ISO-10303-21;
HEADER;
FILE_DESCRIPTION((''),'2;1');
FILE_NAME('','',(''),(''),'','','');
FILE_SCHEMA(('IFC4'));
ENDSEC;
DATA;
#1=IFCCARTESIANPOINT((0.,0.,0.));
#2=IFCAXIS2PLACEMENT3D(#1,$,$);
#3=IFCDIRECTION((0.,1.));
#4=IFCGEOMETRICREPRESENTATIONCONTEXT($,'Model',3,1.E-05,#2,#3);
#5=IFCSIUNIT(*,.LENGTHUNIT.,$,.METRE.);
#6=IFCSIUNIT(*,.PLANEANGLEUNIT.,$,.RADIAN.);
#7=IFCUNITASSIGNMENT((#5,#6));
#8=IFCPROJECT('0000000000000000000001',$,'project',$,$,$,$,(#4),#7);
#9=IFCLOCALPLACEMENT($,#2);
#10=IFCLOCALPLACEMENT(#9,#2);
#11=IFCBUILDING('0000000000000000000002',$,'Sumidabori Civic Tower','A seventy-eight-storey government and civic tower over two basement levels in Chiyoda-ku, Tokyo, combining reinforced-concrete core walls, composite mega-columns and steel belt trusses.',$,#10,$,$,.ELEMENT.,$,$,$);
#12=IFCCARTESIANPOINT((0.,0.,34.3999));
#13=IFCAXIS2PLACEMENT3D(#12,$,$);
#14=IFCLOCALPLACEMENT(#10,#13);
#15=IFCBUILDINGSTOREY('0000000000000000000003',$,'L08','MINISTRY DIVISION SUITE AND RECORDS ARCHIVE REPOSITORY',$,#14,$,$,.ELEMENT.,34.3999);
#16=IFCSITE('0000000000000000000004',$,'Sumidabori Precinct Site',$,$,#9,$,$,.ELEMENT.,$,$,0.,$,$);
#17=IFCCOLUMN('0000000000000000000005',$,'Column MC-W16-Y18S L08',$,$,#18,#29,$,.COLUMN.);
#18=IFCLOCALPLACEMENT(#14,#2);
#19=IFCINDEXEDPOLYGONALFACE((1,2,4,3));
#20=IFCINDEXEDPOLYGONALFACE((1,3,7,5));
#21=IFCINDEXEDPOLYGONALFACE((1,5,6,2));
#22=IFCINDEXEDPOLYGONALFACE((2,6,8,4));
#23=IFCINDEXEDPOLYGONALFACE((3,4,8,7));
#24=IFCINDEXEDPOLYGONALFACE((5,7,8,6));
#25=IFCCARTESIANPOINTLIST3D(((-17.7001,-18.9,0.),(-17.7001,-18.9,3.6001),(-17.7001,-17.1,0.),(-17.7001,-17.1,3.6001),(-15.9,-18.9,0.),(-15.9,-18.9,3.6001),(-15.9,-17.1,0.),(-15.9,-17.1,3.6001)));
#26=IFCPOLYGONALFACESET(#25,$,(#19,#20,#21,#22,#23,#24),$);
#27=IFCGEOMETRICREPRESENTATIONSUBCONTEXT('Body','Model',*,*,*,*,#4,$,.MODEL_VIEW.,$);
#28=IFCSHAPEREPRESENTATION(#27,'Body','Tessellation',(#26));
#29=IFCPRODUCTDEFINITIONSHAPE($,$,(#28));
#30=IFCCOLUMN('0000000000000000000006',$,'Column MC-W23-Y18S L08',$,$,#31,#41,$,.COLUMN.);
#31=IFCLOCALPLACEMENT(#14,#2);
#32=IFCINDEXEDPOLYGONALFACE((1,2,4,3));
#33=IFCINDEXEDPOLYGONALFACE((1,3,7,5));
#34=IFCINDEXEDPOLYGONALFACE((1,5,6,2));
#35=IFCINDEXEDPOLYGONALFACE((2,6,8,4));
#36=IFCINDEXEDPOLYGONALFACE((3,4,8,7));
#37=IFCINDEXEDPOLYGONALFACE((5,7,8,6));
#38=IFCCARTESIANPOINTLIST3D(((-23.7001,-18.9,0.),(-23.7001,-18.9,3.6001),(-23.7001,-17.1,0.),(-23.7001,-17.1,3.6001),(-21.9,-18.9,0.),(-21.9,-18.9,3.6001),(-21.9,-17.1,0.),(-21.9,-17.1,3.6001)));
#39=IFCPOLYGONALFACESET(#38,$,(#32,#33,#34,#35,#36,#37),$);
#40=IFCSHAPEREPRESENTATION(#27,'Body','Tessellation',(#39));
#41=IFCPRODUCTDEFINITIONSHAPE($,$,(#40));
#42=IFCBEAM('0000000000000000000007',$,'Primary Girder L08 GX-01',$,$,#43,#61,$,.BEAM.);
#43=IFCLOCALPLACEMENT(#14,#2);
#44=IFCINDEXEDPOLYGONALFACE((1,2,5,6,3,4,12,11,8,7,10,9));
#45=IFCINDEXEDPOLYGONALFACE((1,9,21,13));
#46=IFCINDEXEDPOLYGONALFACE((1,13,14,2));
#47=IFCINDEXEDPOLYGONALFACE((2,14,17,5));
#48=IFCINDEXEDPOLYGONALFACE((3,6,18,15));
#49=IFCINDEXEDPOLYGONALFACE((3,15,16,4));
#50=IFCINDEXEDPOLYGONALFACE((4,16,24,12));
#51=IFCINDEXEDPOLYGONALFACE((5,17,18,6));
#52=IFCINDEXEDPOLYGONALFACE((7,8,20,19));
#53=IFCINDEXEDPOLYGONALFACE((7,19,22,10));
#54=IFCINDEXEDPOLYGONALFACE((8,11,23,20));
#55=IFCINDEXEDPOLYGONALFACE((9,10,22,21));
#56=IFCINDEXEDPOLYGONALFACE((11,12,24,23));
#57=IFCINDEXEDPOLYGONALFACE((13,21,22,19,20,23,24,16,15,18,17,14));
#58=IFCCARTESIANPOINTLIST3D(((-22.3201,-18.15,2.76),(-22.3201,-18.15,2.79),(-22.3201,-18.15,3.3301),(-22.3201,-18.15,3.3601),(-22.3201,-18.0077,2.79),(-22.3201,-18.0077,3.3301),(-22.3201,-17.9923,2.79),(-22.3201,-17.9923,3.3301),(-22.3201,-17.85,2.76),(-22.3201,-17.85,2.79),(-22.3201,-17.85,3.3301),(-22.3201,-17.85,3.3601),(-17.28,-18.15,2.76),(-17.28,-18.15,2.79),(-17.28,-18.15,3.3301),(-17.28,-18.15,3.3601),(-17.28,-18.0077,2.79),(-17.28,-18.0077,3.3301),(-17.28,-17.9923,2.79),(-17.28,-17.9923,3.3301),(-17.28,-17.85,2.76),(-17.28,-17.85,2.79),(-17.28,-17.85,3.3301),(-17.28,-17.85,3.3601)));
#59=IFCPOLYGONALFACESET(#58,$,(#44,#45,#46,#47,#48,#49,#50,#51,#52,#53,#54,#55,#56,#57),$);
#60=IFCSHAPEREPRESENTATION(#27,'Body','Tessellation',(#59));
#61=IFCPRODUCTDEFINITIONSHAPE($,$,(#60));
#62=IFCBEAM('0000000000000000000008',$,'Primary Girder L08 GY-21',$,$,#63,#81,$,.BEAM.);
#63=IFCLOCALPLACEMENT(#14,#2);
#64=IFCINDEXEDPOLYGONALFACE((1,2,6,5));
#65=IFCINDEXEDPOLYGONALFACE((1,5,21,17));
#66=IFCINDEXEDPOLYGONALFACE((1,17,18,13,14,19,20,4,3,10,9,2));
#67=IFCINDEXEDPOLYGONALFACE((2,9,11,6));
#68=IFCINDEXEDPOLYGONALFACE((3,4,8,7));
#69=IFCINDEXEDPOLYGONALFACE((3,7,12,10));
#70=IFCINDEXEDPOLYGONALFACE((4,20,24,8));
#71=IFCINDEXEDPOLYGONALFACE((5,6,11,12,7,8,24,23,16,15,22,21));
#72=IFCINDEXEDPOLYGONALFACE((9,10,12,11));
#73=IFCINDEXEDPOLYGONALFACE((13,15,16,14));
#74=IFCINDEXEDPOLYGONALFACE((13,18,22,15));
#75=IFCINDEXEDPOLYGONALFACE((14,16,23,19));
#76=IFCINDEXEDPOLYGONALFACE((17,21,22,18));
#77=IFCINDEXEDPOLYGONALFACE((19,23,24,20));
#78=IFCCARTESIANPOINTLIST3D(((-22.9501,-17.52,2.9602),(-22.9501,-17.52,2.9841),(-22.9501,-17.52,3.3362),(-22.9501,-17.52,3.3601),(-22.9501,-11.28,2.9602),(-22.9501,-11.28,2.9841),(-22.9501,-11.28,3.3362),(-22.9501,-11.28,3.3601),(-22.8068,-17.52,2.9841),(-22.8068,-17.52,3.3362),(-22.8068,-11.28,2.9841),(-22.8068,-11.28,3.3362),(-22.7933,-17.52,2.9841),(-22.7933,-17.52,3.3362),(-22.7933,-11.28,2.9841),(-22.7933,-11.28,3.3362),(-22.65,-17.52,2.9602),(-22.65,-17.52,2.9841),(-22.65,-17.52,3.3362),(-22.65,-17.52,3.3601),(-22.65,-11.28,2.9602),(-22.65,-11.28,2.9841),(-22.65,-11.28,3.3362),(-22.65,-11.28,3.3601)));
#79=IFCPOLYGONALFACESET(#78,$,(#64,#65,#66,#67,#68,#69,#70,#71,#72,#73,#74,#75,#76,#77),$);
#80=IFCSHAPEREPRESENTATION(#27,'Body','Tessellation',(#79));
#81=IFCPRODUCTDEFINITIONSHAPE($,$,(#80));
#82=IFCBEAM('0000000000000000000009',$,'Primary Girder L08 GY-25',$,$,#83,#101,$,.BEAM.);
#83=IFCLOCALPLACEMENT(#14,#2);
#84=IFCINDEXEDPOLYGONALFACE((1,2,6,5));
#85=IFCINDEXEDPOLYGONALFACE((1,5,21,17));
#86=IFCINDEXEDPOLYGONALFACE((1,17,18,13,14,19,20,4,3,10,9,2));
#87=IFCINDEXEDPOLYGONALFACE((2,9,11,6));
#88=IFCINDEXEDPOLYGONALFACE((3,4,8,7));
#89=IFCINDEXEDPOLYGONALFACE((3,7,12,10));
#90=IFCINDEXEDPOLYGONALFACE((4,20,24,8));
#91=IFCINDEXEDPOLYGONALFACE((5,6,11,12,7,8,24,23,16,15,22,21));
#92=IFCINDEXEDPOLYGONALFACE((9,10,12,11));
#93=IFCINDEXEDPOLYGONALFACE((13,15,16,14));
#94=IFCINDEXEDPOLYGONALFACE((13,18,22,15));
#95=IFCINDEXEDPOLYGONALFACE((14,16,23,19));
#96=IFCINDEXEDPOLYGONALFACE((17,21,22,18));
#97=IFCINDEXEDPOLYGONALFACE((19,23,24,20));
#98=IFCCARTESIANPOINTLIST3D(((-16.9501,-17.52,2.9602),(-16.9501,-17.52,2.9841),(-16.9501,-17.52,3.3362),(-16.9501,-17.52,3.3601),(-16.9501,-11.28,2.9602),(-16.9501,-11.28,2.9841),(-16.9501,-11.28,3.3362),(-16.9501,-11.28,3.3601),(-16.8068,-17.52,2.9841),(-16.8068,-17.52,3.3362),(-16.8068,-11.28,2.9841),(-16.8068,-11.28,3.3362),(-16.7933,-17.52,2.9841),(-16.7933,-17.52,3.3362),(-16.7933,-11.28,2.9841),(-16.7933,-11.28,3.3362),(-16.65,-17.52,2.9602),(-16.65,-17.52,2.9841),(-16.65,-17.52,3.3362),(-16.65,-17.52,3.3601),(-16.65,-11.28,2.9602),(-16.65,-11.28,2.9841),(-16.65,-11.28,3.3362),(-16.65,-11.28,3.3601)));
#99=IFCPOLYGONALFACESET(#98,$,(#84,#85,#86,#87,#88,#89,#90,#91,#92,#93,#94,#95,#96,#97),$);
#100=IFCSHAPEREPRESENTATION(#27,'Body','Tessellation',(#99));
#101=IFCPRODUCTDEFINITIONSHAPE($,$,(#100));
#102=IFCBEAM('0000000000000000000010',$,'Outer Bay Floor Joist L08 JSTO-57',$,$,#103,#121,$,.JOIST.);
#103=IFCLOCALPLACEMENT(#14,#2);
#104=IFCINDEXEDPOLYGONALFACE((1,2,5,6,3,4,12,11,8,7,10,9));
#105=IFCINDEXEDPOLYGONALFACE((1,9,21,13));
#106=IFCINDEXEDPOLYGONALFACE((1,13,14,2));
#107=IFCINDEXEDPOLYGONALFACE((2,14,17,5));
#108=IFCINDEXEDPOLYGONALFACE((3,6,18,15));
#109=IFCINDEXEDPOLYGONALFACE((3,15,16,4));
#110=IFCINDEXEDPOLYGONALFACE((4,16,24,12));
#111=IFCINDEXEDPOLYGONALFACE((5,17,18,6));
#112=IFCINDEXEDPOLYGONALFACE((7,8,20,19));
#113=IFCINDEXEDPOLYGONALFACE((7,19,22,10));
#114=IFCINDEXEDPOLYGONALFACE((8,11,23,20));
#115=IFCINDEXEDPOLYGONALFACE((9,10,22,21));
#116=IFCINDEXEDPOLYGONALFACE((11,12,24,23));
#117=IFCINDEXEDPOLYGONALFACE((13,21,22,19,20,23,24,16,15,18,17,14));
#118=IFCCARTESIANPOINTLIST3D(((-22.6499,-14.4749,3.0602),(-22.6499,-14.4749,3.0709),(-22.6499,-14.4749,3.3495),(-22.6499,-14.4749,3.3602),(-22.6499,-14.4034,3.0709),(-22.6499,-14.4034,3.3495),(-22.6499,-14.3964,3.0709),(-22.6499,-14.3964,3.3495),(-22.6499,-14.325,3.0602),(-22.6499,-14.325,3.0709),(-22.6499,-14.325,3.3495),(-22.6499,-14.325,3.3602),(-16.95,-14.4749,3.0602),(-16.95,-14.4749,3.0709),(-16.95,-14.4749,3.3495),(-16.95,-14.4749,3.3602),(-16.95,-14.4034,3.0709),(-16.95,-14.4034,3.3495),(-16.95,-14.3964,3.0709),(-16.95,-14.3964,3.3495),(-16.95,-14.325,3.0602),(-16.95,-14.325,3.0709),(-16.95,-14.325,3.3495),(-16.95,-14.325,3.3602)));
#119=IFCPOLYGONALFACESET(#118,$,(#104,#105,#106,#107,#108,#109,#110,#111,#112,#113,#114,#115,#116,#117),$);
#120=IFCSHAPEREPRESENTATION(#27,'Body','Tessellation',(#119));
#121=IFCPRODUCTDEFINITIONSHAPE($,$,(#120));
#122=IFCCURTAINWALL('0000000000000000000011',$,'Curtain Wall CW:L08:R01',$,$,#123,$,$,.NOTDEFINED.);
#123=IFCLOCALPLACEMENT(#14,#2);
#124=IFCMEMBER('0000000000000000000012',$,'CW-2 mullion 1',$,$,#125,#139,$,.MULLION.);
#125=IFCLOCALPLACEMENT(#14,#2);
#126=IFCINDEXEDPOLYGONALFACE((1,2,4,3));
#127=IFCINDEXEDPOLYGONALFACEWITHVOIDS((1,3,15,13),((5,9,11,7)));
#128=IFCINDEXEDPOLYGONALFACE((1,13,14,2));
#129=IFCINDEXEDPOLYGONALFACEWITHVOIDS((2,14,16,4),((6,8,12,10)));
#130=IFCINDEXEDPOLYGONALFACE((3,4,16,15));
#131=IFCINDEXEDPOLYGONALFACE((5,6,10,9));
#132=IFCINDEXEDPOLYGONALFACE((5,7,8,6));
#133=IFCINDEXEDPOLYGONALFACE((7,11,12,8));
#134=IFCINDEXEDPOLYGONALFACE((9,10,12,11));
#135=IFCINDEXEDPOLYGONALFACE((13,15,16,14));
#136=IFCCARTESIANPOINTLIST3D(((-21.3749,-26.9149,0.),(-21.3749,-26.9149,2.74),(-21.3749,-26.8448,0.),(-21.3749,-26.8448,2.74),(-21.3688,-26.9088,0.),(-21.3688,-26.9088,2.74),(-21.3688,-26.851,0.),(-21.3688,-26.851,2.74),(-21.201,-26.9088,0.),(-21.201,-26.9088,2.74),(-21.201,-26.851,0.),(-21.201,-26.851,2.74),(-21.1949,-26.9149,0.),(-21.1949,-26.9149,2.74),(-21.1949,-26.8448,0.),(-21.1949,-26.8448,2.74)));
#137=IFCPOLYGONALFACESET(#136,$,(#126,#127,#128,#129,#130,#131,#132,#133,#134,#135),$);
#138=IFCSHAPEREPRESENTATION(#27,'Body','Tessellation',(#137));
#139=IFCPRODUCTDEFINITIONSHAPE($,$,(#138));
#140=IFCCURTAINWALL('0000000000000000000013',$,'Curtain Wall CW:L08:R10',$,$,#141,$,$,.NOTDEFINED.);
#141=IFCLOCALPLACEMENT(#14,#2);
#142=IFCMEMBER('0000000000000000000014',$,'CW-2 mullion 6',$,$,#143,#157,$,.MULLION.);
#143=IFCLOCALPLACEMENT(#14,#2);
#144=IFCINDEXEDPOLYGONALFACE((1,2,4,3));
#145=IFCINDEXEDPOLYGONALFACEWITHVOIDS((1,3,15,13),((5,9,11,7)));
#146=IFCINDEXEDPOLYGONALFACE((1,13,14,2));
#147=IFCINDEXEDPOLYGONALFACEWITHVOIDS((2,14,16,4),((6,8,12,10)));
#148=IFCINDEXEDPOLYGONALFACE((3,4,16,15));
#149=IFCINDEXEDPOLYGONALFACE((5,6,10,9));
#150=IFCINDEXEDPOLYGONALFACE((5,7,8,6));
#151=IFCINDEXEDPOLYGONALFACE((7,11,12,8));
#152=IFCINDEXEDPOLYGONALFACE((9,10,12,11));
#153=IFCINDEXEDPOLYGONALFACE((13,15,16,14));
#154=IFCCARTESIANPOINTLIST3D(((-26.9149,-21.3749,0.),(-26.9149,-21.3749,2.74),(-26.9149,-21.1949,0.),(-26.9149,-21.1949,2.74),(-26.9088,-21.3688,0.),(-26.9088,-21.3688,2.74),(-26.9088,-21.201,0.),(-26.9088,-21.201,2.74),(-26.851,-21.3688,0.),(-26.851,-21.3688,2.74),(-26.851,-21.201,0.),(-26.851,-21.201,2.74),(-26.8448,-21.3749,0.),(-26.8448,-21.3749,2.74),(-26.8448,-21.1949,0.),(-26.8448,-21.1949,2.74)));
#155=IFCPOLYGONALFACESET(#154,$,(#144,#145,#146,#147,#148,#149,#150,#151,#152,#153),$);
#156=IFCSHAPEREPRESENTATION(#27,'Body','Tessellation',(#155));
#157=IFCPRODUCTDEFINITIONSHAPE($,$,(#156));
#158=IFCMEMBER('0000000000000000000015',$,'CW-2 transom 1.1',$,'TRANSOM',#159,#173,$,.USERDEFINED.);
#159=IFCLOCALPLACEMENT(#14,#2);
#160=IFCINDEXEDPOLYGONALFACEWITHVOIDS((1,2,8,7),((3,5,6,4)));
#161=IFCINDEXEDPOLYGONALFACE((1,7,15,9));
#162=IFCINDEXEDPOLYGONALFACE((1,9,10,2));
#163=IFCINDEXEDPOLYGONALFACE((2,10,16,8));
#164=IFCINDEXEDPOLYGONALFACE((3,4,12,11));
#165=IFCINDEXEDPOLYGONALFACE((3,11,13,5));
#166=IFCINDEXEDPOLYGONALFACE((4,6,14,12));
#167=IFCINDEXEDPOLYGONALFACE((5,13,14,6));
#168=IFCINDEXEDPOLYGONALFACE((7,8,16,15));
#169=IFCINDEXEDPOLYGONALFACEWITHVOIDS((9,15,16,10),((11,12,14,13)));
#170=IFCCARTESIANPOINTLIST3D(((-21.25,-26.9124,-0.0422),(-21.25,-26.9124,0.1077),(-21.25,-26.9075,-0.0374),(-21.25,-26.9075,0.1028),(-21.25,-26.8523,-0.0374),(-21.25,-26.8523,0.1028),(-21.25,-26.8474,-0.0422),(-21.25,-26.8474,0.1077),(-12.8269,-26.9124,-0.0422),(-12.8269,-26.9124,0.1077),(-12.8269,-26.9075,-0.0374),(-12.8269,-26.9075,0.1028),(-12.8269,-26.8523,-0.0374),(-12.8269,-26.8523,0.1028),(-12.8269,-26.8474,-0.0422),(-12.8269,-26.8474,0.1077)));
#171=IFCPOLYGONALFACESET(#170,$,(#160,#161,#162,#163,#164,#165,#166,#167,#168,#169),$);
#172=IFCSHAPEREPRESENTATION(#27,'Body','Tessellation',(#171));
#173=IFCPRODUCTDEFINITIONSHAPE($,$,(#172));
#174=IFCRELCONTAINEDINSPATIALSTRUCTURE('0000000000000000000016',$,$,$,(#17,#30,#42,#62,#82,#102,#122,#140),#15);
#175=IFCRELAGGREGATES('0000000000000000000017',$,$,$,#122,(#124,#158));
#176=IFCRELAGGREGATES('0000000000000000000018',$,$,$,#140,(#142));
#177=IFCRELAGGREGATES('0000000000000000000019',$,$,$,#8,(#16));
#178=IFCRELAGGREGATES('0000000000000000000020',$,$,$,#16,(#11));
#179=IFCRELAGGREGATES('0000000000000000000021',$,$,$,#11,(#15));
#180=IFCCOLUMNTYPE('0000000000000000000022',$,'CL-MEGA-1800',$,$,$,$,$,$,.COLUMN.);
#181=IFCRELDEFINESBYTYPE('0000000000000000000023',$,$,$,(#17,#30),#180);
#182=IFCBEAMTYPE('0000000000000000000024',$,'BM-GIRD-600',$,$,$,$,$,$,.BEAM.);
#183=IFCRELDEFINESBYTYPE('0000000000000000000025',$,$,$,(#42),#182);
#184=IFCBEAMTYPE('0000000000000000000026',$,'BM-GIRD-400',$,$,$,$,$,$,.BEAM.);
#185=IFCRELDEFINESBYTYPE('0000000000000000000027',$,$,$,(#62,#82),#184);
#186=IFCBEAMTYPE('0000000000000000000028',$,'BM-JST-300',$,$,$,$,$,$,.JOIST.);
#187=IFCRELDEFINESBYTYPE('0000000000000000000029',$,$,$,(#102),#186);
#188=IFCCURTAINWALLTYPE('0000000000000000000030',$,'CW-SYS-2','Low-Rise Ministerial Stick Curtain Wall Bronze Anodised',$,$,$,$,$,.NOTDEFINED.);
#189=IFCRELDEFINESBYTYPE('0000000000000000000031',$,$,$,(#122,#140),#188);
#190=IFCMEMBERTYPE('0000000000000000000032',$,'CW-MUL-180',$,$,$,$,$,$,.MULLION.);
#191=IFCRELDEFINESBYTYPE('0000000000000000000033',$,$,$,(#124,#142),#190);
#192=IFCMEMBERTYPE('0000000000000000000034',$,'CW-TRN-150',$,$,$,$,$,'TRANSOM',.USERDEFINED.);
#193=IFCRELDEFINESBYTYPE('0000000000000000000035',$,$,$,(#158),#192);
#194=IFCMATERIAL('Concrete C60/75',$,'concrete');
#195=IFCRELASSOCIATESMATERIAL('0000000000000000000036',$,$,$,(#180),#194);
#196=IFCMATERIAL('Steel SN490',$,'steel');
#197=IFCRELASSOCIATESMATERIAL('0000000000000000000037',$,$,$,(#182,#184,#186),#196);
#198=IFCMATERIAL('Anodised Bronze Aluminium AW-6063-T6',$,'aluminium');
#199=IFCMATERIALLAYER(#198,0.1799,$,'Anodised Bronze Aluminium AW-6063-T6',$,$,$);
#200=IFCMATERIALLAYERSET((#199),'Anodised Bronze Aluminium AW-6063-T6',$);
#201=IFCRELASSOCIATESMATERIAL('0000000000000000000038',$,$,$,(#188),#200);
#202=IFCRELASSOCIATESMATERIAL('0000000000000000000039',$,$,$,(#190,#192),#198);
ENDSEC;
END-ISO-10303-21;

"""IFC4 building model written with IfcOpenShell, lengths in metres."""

from ifc_helpers import new_model, si_unit, direction, frame, origin, origin_2d, place, context, subcontext, project, spatial, rectangle, hollow_rectangle, i_section, extrude, source, transform, mapped, material, layer, layer_set, material_profile, profile_set, type_object, element, aggregate, save


model = new_model("IFC4")

# Units and contexts
model_context = context("Model", 3, precision=1e-05, world=origin(), true_north=direction((0.0, 1.0)))
body_context = subcontext(model_context, "Body", "Model", "MODEL_VIEW")
ifc_project = project(units=[si_unit("LENGTHUNIT", "METRE"), si_unit("PLANEANGLEUNIT", "RADIAN")], contexts=[model_context])

# Site, building, storey
site_placement = place(None, origin())
site = spatial("IfcSite", under=ifc_project, at=site_placement, Name="Sumidabori Precinct Site", CompositionType="ELEMENT", RefElevation=0.0)
building_placement = place(site_placement, origin())
building = spatial("IfcBuilding", under=site, at=building_placement, Name="Sumidabori Civic Tower", Description="A seventy-eight-storey government and civic tower over two basement levels in Chiyoda-ku, Tokyo, combining reinforced-concrete core walls, composite mega-columns and steel belt trusses.", CompositionType="ELEMENT")
storey_placement = place(building_placement, frame((0.0, 0.0, 34.3999)))
storey = spatial("IfcBuildingStorey", under=building, at=storey_placement, Name="L08", Description="MINISTRY DIVISION SUITE AND RECORDS ARCHIVE REPOSITORY", CompositionType="ELEMENT", Elevation=34.3999)

# Columns
ifc_material_1 = material(Name="Concrete C60/75", Category="concrete")
ifc_material_profile_1 = material_profile(ifc_material_1, rectangle(XDim=1.8, YDim=1.8, at=origin_2d()), Name="RC 1800x1800")
ifc_profile_set_1 = profile_set([ifc_material_profile_1], Name="Concrete C60/75")
column_type = type_object("IfcColumnType", Name="CL-MEGA-1800", PredefinedType="COLUMN", material=ifc_profile_set_1)
shared_shape_1 = source(origin(), body_context, "Body", "SweptSolid", [
    extrude(rectangle(XDim=1.8, YDim=1.8, at=origin_2d()), origin(), (0.0, 0.0, 1.0), 3.6001),
])
for number, where, z_axis, x_axis, name in (
    (1, (-16.8, -18.0, 0.0), (0.0, 0.0, 1.0), (1.0, 0.0, 0.0), "Column MC-W16-Y18S L08"),
    (2, (-22.8, -18.0, 0.0), (0.0, 0.0, 1.0), (1.0, 0.0, 0.0), "Column MC-W23-Y18S L08"),
):
    element("IfcColumn", number, at=place(storey_placement, frame(where, z_axis=z_axis, x_axis=x_axis)), inside=storey, type_object=column_type, Name=name, PredefinedType="COLUMN", context=body_context, shape_type="MappedRepresentation", body=[
        mapped(shared_shape_1, transform((0.0, 0.0, 0.0), x_axis=(1.0, 0.0, 0.0), y_axis=(0.0, 1.0, 0.0), z_axis=(0.0, 0.0, 1.0), scale=1.0)),
    ])

# Beams
ifc_material_2 = material(Name="Steel SN490", Category="steel")
ifc_material_profile_2 = material_profile(ifc_material_2, i_section(OverallWidth=0.3, OverallDepth=0.6001, WebThickness=0.0154, FlangeThickness=0.03, at=origin_2d()), Name="HE 600 B")
ifc_profile_set_2 = profile_set([ifc_material_profile_2], Name="Steel SN490")
beam_type_1 = type_object("IfcBeamType", Name="BM-GIRD-600", PredefinedType="BEAM", material=ifc_profile_set_2)
shared_shape_2 = source(origin(), body_context, "Body", "SweptSolid", [
    extrude(i_section(OverallWidth=0.3, OverallDepth=0.6001, WebThickness=0.0154, FlangeThickness=0.03, at=origin_2d()), origin(), (0.0, 0.0, 1.0), 5.04),
])
beam_1_placement = place(storey_placement, frame((-22.3201, -18.0, 3.0601), z_axis=(1.0, 0.0, 0.0), x_axis=(0.0, 1.0, 0.0)))
element("IfcBeam", 3, at=beam_1_placement, inside=storey, type_object=beam_type_1, Name="Primary Girder L08 GX-01", PredefinedType="BEAM", context=body_context, shape_type="MappedRepresentation", body=[
    mapped(shared_shape_2, transform((0.0, 0.0, 0.0), x_axis=(1.0, 0.0, 0.0), y_axis=(0.0, 1.0, 0.0), z_axis=(0.0, 0.0, 1.0), scale=1.0)),
])
ifc_material_profile_3 = material_profile(ifc_material_2, i_section(OverallWidth=0.3, OverallDepth=0.3999, WebThickness=0.0134, FlangeThickness=0.0239, at=origin_2d()), Name="HE 400 B")
ifc_profile_set_3 = profile_set([ifc_material_profile_3], Name="Steel SN490")
beam_type_2 = type_object("IfcBeamType", Name="BM-GIRD-400", PredefinedType="BEAM", material=ifc_profile_set_3)
shared_shape_3 = source(origin(), body_context, "Body", "SweptSolid", [
    extrude(i_section(OverallWidth=0.3, OverallDepth=0.3999, WebThickness=0.0134, FlangeThickness=0.0239, at=origin_2d()), origin(), (0.0, 0.0, 1.0), 6.24),
])
for number, where, z_axis, x_axis, name in (
    (4, (-22.8, -17.52, 3.1602), (0.0, 1.0, 0.0), (-1.0, 0.0, 0.0), "Primary Girder L08 GY-21"),
    (5, (-16.8, -17.52, 3.1602), (0.0, 1.0, 0.0), (-1.0, 0.0, 0.0), "Primary Girder L08 GY-25"),
):
    element("IfcBeam", number, at=place(storey_placement, frame(where, z_axis=z_axis, x_axis=x_axis)), inside=storey, type_object=beam_type_2, Name=name, PredefinedType="BEAM", context=body_context, shape_type="MappedRepresentation", body=[
        mapped(shared_shape_3, transform((0.0, 0.0, 0.0), x_axis=(1.0, 0.0, 0.0), y_axis=(0.0, 1.0, 0.0), z_axis=(0.0, 0.0, 1.0), scale=1.0)),
    ])
ifc_material_profile_4 = material_profile(ifc_material_2, i_section(OverallWidth=0.1499, OverallDepth=0.3, WebThickness=0.0071, FlangeThickness=0.0107, at=origin_2d()), Name="IPE 300")
ifc_profile_set_4 = profile_set([ifc_material_profile_4], Name="Steel SN490")
beam_type_3 = type_object("IfcBeamType", Name="BM-JST-300", PredefinedType="JOIST", material=ifc_profile_set_4)
shared_shape_4 = source(origin(), body_context, "Body", "SweptSolid", [
    extrude(i_section(OverallWidth=0.1499, OverallDepth=0.3, WebThickness=0.0071, FlangeThickness=0.0107, at=origin_2d()), origin(), (0.0, 0.0, 1.0), 5.7),
])
beam_2_placement = place(storey_placement, frame((-22.6499, -14.3999, 3.2102), z_axis=(1.0, 0.0, 0.0), x_axis=(0.0, 1.0, 0.0)))
element("IfcBeam", 6, at=beam_2_placement, inside=storey, type_object=beam_type_3, Name="Outer Bay Floor Joist L08 JSTO-57", PredefinedType="JOIST", context=body_context, shape_type="MappedRepresentation", body=[
    mapped(shared_shape_4, transform((0.0, 0.0, 0.0), x_axis=(1.0, 0.0, 0.0), y_axis=(0.0, 1.0, 0.0), z_axis=(0.0, 0.0, 1.0), scale=1.0)),
])

# Curtain walls, members
ifc_material_3 = material(Name="Anodised Bronze Aluminium AW-6063-T6", Category="aluminium")
ifc_layer_1 = layer(ifc_material_3, 0.1799, Name="Anodised Bronze Aluminium AW-6063-T6")
ifc_layer_set_1 = layer_set([ifc_layer_1], Name="Anodised Bronze Aluminium AW-6063-T6")
curtain_wall_type = type_object("IfcCurtainWallType", Name="CW-SYS-2", Description="Low-Rise Ministerial Stick Curtain Wall Bronze Anodised", PredefinedType="NOTDEFINED", material=ifc_layer_set_1)
curtain_wall_1_placement = place(storey_placement, origin())
curtain_wall_1 = element("IfcCurtainWall", 7, at=curtain_wall_1_placement, inside=storey, type_object=curtain_wall_type, Name="Curtain Wall CW:L08:R01", PredefinedType="NOTDEFINED")
ifc_material_profile_5 = material_profile(ifc_material_3, hollow_rectangle(XDim=0.0701, YDim=0.1799, WallThickness=0.0061, at=origin_2d()), Name="ALU MULLION 180x70")
ifc_profile_set_5 = profile_set([ifc_material_profile_5], Name="Anodised Bronze Aluminium AW-6063-T6")
member_type_1 = type_object("IfcMemberType", Name="CW-MUL-180", PredefinedType="MULLION", material=ifc_profile_set_5)
shared_shape_5 = source(origin(), body_context, "Body", "SweptSolid", [
    extrude(hollow_rectangle(XDim=0.0701, YDim=0.1799, WallThickness=0.0061, at=origin_2d()), origin(), (0.0, 0.0, 1.0), 2.74),
])
member_1_placement = place(storey_placement, frame((-21.2849, -26.8799, 0.0), z_axis=(0.0, 0.0, 1.0), x_axis=(0.0, 1.0, 0.0)))
member_1 = element("IfcMember", 8, at=member_1_placement, type_object=member_type_1, Name="CW-2 mullion 1", PredefinedType="MULLION", context=body_context, shape_type="MappedRepresentation", body=[
    mapped(shared_shape_5, transform((0.0, 0.0, 0.0), x_axis=(1.0, 0.0, 0.0), y_axis=(0.0, 1.0, 0.0), z_axis=(0.0, 0.0, 1.0), scale=1.0)),
])
curtain_wall_2_placement = place(storey_placement, origin())
curtain_wall_2 = element("IfcCurtainWall", 9, at=curtain_wall_2_placement, inside=storey, type_object=curtain_wall_type, Name="Curtain Wall CW:L08:R10", PredefinedType="NOTDEFINED")
member_2_placement = place(storey_placement, frame((-26.8799, -21.2849, 0.0), z_axis=(0.0, 0.0, 1.0), x_axis=(1.0, 0.0, 0.0)))
member_2 = element("IfcMember", 10, at=member_2_placement, type_object=member_type_1, Name="CW-2 mullion 6", PredefinedType="MULLION", context=body_context, shape_type="MappedRepresentation", body=[
    mapped(shared_shape_5, transform((0.0, 0.0, 0.0), x_axis=(1.0, 0.0, 0.0), y_axis=(0.0, 1.0, 0.0), z_axis=(0.0, 0.0, 1.0), scale=1.0)),
])

# Member
ifc_material_profile_6 = material_profile(ifc_material_3, hollow_rectangle(XDim=0.0649, YDim=0.1499, WallThickness=0.0049, at=origin_2d()), Name="ALU TRANSOM 150x65")
ifc_profile_set_6 = profile_set([ifc_material_profile_6], Name="Anodised Bronze Aluminium AW-6063-T6")
member_type_2 = type_object("IfcMemberType", Name="CW-TRN-150", ElementType="TRANSOM", PredefinedType="USERDEFINED", material=ifc_profile_set_6)
shared_shape_6 = source(origin(), body_context, "Body", "SweptSolid", [
    extrude(hollow_rectangle(XDim=0.0649, YDim=0.1499, WallThickness=0.0049, at=origin_2d()), origin(), (0.0, 0.0, 1.0), 8.4231),
])
member_3_placement = place(storey_placement, frame((-21.25, -26.8799, 0.0327), z_axis=(1.0, 0.0, 0.0), x_axis=(0.0, 1.0, 0.0)))
member_3 = element("IfcMember", 11, at=member_3_placement, type_object=member_type_2, Name="CW-2 transom 1.1", ObjectType="TRANSOM", PredefinedType="USERDEFINED", context=body_context, shape_type="MappedRepresentation", body=[
    mapped(shared_shape_6, transform((0.0, 0.0, 0.0), x_axis=(1.0, 0.0, 0.0), y_axis=(0.0, 1.0, 0.0), z_axis=(0.0, 0.0, 1.0), scale=1.0)),
])

aggregate(curtain_wall_1, [member_1, member_3])
aggregate(curtain_wall_2, [member_2])

save(model, "model.ifc")
